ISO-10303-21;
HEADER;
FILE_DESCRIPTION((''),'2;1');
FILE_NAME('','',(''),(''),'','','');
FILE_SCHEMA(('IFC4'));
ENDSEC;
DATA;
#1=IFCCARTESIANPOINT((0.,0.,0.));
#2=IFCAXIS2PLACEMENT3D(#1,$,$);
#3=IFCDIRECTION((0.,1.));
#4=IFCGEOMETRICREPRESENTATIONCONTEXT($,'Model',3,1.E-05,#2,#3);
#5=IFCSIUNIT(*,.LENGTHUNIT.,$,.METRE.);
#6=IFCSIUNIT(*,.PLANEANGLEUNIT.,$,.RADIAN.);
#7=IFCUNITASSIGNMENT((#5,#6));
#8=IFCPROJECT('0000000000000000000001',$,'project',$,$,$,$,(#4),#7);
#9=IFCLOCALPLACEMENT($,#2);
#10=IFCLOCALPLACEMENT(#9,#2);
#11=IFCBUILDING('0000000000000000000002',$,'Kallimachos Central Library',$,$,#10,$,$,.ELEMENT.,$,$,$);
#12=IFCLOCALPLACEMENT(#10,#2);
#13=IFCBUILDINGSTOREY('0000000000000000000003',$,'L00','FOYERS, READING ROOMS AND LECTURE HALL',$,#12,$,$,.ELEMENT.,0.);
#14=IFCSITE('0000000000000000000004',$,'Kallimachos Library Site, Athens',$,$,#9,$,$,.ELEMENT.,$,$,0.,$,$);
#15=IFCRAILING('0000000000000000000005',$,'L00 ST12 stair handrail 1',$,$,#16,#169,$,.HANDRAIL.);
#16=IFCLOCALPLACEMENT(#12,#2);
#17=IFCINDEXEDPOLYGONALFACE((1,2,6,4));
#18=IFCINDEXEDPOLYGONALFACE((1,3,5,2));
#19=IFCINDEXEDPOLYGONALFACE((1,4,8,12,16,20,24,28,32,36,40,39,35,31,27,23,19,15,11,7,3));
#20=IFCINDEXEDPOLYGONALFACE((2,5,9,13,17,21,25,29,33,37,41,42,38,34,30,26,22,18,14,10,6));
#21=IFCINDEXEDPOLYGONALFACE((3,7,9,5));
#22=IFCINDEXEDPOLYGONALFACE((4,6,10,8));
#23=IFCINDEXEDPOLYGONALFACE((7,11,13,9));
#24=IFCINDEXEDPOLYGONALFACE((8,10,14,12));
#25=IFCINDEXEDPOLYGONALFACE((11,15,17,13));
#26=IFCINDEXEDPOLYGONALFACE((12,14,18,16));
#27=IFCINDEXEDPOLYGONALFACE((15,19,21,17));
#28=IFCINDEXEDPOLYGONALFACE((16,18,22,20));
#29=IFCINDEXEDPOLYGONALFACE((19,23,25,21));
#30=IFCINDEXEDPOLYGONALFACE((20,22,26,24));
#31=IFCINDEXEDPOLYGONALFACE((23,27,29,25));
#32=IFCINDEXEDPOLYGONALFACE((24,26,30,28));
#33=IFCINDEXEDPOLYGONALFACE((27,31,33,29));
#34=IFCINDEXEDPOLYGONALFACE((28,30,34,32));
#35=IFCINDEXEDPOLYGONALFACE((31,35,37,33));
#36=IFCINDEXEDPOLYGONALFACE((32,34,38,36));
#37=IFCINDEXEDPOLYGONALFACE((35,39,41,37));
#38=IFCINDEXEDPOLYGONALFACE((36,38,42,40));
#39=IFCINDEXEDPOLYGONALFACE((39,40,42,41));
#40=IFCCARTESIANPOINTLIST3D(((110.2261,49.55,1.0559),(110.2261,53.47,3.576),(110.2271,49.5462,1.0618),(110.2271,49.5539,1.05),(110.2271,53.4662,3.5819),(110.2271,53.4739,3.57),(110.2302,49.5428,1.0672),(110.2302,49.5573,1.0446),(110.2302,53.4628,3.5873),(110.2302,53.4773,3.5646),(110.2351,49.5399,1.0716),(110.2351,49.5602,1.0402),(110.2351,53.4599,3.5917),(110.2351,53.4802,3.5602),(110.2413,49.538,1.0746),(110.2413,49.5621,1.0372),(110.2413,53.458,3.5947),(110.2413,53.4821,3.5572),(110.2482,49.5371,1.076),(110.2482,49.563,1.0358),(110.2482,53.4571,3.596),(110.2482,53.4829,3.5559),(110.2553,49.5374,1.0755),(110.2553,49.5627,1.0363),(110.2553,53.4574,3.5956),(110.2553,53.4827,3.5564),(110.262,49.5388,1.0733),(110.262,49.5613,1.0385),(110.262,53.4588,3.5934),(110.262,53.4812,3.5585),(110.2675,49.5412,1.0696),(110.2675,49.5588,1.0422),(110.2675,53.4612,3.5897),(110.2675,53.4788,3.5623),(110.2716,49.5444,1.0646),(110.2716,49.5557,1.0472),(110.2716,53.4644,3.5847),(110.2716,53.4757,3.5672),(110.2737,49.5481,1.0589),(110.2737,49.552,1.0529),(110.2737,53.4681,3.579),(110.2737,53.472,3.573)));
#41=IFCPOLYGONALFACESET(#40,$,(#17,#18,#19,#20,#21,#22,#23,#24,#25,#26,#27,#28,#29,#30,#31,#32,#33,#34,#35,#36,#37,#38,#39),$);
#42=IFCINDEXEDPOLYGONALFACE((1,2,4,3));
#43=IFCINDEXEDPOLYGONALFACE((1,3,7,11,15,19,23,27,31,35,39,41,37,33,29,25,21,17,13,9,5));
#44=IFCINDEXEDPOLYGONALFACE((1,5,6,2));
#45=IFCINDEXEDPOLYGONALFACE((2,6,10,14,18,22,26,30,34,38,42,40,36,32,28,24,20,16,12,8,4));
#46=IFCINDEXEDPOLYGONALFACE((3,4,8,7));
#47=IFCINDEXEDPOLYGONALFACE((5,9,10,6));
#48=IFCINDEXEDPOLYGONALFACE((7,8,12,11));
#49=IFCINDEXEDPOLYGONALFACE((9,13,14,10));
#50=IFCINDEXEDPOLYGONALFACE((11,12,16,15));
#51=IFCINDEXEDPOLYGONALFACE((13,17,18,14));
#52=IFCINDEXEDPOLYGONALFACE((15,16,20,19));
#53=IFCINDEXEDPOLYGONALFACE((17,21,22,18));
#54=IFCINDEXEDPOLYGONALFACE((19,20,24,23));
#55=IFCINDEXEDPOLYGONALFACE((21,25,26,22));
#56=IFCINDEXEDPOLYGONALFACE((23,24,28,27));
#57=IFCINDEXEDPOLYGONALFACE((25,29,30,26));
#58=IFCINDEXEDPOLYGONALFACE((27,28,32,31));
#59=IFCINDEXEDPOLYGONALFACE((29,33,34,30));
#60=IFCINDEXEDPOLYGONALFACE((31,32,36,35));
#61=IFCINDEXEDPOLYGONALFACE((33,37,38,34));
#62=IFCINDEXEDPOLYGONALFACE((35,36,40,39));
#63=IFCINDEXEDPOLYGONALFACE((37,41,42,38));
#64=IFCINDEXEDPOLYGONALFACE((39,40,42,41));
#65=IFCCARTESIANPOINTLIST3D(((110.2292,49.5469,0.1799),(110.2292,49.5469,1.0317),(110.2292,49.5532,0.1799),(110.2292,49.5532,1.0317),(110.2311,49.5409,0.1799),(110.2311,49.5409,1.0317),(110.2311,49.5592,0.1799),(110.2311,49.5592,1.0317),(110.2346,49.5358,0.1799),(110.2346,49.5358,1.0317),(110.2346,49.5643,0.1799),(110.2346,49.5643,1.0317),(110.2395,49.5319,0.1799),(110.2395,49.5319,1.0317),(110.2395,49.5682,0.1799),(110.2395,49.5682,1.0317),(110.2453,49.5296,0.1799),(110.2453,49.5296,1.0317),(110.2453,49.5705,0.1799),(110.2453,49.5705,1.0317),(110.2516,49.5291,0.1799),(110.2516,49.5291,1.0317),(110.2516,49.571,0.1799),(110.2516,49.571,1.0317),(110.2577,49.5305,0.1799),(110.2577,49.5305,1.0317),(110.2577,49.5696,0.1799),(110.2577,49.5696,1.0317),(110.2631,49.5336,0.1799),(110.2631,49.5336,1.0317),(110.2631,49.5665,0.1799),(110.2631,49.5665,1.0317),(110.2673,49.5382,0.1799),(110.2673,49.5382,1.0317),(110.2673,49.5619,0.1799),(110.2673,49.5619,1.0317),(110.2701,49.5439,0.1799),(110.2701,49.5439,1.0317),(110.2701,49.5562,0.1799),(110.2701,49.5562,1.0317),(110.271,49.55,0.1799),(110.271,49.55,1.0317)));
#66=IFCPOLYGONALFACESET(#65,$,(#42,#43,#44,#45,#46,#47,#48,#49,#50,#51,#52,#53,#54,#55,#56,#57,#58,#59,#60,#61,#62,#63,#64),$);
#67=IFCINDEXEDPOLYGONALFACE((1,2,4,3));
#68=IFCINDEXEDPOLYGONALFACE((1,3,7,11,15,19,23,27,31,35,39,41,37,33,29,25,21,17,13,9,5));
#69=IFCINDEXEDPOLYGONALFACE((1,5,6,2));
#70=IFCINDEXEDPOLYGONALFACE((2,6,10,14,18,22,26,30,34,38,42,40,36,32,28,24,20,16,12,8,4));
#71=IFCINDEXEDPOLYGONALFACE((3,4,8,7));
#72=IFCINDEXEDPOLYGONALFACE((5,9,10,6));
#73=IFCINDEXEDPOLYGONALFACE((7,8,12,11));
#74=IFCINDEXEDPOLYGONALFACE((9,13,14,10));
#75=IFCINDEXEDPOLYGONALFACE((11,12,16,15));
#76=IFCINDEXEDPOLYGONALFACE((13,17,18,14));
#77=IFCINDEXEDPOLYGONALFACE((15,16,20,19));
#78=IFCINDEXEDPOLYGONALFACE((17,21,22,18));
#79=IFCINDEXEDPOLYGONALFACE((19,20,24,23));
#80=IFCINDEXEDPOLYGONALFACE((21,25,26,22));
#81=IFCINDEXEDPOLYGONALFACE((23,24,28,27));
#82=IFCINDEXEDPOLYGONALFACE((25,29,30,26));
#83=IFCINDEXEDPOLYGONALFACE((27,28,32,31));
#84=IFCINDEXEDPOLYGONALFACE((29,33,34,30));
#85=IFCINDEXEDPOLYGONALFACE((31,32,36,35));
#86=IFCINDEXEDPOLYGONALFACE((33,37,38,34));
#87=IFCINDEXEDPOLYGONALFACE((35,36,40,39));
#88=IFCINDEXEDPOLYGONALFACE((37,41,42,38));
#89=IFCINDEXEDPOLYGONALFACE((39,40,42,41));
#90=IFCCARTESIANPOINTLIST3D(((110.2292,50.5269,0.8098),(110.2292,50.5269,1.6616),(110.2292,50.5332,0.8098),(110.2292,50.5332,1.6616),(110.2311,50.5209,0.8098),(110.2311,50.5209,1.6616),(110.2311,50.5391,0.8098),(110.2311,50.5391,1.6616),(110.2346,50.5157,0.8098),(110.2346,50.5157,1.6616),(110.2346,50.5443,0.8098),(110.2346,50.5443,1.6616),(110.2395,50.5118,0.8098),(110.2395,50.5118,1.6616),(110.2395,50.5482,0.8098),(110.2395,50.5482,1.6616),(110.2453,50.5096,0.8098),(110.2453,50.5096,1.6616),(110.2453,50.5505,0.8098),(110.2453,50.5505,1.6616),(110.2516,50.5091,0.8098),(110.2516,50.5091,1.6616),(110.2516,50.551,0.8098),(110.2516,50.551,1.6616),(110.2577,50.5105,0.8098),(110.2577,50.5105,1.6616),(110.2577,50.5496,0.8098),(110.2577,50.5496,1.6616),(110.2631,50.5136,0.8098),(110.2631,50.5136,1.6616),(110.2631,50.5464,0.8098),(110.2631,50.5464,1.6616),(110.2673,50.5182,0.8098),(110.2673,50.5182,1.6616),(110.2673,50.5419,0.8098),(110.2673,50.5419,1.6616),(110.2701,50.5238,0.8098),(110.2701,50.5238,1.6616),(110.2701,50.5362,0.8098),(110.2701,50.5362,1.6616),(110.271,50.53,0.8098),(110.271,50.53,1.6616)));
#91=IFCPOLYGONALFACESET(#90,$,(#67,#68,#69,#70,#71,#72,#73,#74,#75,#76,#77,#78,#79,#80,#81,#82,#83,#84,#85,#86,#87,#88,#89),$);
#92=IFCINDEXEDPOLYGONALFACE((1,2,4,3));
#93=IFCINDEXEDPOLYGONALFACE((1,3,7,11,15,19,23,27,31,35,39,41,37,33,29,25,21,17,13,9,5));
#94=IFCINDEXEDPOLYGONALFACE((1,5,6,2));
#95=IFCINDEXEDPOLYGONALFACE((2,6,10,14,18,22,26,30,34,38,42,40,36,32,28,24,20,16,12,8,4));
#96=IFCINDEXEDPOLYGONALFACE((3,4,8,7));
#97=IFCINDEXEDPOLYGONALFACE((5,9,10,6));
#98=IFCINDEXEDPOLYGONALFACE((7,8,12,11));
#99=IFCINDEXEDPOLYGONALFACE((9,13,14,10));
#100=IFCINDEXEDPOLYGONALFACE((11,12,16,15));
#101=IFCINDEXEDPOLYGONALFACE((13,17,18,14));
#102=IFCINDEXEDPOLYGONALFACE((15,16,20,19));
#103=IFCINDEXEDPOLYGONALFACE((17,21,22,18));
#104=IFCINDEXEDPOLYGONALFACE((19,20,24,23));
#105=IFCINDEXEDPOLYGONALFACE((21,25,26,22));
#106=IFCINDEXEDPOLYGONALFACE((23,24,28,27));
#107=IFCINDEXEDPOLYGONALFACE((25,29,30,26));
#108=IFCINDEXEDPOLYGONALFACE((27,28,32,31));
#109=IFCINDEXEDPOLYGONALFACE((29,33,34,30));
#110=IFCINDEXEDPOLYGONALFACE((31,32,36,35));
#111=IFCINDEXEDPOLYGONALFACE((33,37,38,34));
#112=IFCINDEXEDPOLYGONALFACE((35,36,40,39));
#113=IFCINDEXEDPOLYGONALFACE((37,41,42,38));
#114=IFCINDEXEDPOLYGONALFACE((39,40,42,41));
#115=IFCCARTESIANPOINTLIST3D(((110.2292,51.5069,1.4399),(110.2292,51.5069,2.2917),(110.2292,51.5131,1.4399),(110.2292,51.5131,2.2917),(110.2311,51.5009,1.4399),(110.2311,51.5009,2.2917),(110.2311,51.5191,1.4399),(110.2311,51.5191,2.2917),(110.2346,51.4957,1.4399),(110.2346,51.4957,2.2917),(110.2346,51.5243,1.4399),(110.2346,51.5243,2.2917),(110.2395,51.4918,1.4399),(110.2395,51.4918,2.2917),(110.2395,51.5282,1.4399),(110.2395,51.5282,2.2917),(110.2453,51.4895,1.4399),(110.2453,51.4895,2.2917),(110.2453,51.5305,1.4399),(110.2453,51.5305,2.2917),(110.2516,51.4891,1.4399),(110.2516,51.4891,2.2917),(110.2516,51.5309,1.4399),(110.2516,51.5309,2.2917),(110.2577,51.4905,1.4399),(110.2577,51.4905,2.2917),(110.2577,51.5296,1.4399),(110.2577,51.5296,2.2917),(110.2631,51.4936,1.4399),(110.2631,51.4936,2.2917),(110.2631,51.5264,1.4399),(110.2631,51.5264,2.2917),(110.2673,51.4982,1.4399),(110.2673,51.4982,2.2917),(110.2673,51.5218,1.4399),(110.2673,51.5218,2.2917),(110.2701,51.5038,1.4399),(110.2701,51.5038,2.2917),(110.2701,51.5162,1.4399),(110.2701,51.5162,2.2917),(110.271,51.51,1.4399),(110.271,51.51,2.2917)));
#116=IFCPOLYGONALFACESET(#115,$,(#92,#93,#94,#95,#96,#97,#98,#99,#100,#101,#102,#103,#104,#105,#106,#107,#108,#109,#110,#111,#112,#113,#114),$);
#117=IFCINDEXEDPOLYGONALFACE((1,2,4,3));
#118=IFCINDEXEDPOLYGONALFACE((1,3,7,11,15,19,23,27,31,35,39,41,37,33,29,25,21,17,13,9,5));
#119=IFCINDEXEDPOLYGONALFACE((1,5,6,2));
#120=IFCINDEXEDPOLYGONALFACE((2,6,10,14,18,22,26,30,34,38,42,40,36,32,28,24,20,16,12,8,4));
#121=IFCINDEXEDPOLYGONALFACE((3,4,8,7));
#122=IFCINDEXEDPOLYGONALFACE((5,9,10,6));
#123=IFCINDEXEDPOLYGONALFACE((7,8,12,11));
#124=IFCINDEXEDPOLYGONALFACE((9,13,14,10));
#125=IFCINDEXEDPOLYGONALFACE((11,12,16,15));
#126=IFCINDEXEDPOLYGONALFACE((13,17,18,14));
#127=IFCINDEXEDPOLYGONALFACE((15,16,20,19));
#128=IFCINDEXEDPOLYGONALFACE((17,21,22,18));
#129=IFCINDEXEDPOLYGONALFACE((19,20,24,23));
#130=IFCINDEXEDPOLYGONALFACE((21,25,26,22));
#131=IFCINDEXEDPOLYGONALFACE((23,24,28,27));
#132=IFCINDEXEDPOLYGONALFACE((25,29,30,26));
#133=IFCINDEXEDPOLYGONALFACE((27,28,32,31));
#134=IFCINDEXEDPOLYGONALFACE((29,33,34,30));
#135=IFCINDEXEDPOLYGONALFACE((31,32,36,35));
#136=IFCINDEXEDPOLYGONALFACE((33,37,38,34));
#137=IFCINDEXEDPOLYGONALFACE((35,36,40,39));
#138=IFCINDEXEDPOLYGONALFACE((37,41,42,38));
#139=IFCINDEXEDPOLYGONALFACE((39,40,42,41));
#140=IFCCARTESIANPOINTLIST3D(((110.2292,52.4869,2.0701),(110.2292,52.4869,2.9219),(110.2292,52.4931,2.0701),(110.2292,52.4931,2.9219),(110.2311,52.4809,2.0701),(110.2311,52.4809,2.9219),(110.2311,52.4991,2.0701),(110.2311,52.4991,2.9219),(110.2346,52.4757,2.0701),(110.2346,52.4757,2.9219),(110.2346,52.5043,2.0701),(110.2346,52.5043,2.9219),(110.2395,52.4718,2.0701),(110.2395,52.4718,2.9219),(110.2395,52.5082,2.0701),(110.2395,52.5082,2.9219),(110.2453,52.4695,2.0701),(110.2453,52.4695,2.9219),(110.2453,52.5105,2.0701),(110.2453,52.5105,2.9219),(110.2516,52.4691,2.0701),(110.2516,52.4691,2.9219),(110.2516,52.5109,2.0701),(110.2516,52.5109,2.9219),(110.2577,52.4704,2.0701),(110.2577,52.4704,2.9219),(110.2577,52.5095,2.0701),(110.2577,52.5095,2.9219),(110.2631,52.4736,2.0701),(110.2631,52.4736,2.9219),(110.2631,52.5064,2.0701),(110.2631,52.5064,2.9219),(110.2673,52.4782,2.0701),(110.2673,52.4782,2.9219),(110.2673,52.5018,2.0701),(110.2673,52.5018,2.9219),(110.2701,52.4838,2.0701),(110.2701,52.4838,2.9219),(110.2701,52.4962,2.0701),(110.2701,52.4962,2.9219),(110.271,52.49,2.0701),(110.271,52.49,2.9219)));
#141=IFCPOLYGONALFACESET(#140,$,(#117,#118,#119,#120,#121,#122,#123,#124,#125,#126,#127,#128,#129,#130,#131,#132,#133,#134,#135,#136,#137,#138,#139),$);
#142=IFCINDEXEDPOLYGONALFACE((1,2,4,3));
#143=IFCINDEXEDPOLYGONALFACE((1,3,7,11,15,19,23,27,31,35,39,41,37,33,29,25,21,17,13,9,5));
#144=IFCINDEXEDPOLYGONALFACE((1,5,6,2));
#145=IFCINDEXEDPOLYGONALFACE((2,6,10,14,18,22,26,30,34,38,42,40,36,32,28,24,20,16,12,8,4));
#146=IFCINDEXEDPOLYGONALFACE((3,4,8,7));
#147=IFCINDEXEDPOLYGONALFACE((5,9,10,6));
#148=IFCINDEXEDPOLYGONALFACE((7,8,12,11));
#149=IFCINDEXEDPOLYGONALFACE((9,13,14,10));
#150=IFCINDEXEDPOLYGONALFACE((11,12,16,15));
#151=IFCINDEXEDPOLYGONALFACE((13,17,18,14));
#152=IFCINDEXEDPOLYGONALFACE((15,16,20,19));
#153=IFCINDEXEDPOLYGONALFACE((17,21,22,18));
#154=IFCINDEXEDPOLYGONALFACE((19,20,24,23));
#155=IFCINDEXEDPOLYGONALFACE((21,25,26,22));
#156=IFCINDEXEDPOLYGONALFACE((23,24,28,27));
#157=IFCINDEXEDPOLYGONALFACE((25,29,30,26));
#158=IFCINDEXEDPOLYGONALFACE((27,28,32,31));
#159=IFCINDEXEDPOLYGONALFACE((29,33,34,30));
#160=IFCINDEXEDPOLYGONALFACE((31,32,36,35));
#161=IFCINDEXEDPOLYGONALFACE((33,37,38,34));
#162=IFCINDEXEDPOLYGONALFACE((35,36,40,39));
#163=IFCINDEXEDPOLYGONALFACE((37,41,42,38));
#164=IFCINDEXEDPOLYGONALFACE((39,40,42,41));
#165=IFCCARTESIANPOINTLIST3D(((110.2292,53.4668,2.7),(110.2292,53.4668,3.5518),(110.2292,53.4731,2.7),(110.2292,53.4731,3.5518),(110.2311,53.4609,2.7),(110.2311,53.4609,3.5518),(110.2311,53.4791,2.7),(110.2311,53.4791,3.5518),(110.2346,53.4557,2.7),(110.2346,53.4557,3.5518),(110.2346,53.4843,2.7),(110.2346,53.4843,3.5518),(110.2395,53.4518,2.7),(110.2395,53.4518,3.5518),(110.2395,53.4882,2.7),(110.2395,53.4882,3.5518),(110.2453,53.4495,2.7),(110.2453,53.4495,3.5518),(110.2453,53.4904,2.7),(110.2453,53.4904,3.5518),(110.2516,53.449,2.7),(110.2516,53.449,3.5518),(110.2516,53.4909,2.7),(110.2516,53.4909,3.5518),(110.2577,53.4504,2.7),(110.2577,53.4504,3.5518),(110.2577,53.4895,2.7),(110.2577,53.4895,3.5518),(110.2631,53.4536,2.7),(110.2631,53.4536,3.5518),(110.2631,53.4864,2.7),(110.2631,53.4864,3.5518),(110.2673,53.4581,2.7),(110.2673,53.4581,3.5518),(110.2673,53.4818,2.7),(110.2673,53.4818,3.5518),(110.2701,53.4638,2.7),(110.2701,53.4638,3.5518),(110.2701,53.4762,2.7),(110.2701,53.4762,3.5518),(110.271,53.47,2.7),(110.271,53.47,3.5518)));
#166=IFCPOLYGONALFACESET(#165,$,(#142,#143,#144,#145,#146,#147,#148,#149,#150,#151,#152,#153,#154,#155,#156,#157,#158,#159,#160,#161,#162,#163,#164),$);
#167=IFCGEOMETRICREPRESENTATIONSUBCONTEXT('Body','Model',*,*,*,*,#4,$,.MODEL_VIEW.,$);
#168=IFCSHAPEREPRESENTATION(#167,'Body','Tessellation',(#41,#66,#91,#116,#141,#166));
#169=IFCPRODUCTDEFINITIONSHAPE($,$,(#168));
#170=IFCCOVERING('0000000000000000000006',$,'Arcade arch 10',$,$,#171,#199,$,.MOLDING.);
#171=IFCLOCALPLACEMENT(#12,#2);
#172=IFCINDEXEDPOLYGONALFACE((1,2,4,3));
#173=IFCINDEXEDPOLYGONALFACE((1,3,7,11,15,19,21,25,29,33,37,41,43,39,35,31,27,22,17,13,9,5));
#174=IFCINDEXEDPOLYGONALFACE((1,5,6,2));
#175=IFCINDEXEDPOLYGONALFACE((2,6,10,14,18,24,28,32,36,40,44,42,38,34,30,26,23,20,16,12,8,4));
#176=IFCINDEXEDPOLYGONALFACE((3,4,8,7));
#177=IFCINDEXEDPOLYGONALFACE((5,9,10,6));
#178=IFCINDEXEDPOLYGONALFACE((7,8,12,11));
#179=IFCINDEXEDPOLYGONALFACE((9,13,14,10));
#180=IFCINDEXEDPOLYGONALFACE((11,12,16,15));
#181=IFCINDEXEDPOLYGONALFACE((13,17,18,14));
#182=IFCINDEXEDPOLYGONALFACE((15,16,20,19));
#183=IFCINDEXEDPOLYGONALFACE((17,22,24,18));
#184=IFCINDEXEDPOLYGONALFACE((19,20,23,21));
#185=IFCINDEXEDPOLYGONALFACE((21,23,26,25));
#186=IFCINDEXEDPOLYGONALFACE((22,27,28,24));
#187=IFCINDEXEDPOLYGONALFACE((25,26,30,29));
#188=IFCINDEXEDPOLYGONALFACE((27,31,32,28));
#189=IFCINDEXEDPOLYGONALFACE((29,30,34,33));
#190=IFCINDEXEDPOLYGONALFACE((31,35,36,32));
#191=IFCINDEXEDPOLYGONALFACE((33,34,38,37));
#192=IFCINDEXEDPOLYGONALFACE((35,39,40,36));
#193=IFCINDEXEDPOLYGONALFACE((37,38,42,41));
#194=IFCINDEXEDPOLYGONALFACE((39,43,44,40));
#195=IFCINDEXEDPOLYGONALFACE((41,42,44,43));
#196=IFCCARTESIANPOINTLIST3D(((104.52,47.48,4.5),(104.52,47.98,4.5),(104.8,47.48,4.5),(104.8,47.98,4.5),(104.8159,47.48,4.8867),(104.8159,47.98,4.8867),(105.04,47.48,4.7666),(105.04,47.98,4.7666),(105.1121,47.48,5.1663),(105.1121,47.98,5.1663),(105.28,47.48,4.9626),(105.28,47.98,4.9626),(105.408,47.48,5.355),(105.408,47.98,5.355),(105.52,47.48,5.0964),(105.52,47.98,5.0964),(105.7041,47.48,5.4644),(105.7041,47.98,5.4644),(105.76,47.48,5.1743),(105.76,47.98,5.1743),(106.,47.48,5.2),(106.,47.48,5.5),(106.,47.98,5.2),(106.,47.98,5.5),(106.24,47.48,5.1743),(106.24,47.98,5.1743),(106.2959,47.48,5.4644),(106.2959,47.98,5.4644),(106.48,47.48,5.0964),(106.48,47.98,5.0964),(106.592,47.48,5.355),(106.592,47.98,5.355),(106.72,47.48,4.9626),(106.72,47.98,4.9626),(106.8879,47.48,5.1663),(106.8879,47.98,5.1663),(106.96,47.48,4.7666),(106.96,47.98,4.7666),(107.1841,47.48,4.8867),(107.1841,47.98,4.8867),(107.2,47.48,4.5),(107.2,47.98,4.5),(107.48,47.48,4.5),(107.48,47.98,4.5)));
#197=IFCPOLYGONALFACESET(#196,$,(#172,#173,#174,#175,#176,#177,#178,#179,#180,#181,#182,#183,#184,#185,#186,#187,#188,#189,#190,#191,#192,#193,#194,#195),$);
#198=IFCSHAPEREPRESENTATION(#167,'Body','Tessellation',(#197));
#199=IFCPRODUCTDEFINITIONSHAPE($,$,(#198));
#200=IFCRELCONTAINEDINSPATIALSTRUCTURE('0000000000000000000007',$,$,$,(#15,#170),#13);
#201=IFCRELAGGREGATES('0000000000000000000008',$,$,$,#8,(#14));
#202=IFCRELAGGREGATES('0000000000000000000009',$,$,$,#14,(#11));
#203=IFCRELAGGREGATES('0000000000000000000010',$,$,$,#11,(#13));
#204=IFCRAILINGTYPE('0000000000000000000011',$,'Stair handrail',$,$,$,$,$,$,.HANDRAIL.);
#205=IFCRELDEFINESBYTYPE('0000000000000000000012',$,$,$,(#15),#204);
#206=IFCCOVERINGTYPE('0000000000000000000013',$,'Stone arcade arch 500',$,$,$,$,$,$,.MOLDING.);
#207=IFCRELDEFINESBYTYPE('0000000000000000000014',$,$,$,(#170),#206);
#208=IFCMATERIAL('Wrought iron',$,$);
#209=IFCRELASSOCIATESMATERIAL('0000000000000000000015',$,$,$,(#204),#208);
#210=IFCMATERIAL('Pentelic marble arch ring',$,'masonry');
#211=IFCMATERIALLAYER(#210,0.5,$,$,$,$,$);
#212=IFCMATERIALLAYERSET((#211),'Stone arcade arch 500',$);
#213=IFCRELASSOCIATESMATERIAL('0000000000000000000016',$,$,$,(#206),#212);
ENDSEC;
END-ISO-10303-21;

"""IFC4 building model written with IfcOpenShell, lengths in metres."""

from ifc_helpers import new_model, si_unit, direction, frame, origin, origin_2d, place, context, subcontext, project, spatial, polyline, circle, outline, extrude, material, layer, layer_set, type_object, element, save


model = new_model("IFC4")

# Units and contexts
model_context = context("Model", 3, precision=1e-05, world=origin(), true_north=direction((0.0, 1.0)))
body_context = subcontext(model_context, "Body", "Model", "MODEL_VIEW")
ifc_project = project(units=[si_unit("LENGTHUNIT", "METRE"), si_unit("PLANEANGLEUNIT", "RADIAN")], contexts=[model_context])

# Site, building, storey
site_placement = place(None, origin())
site = spatial("IfcSite", under=ifc_project, at=site_placement, Name="Kallimachos Library Site, Athens", CompositionType="ELEMENT", RefElevation=0.0)
building_placement = place(site_placement, origin())
building = spatial("IfcBuilding", under=site, at=building_placement, Name="Kallimachos Central Library", CompositionType="ELEMENT")
storey_placement = place(building_placement, origin())
storey = spatial("IfcBuildingStorey", under=building, at=storey_placement, Name="L00", Description="FOYERS, READING ROOMS AND LECTURE HALL", CompositionType="ELEMENT", Elevation=0.0)

# Railing
ifc_material_1 = material(Name="Wrought iron")
railing_type_1 = type_object("IfcRailingType", Name="Stair handrail", PredefinedType="HANDRAIL", material=ifc_material_1)
railing_1_placement = place(storey_placement, frame((110.25, 49.55, 0.1799)))
element("IfcRailing", 1, at=railing_1_placement, inside=storey, type_object=railing_type_1, Name="L00 ST12 stair handrail 1", PredefinedType="HANDRAIL", context=body_context, shape_type="SweptSolid", body=[
    extrude(circle(Radius=0.0239, at=origin_2d()), frame((0.0, 0.0, 0.876), z_axis=(0.0, 0.841172, 0.540768), x_axis=(-1.0, 0.0, 0.0)), (0.0, 0.0, 1.0), 4.6602),
    extrude(circle(Radius=0.021, at=origin_2d()), origin(), (0.0, 0.0, 1.0), 0.8518),
    extrude(circle(Radius=0.021, at=origin_2d()), frame((0.0, 0.98, 0.6299)), (0.0, 0.0, 1.0), 0.8518),
    extrude(circle(Radius=0.021, at=origin_2d()), frame((0.0, 1.96, 1.26)), (0.0, 0.0, 1.0), 0.8518),
    extrude(circle(Radius=0.021, at=origin_2d()), frame((0.0, 2.9399, 1.8901)), (0.0, 0.0, 1.0), 0.8518),
    extrude(circle(Radius=0.021, at=origin_2d()), frame((0.0, 3.9199, 2.52)), (0.0, 0.0, 1.0), 0.8518),
])

# Covering
ifc_material_2 = material(Name="Pentelic marble arch ring", Category="masonry")
ifc_layer_1 = layer(ifc_material_2, 0.5)
ifc_layer_set_1 = layer_set([ifc_layer_1], Name="Stone arcade arch 500")
covering_type_1 = type_object("IfcCoveringType", Name="Stone arcade arch 500", PredefinedType="MOLDING", material=ifc_layer_set_1)
covering_1_placement = place(storey_placement, frame((104.52, 47.48, 4.5), z_axis=(0.0, -1.0, 0.0), x_axis=(1.0, 0.0, 0.0)))
element("IfcCovering", 2, at=covering_1_placement, inside=storey, type_object=covering_type_1, Name="Arcade arch 10", PredefinedType="MOLDING", context=body_context, shape_type="SweptSolid", body=[
    extrude(outline(polyline([(0.0, 0.0), (0.28, 0.0), (0.28, 0.0), (0.52, 0.2666), (0.76, 0.4626), (1.0, 0.5964), (1.24, 0.6743), (1.48, 0.7), (1.72, 0.6743), (1.96, 0.5964), (2.2, 0.4626), (2.4399, 0.2666), (2.6799, 0.0), (2.6799, 0.0), (2.96, 0.0), (2.96, 0.0), (2.6641, 0.3867), (2.3679, 0.6663), (2.072, 0.855), (1.7759, 0.9644), (1.48, 1.0), (1.1841, 0.9644), (0.8879, 0.855), (0.592, 0.6663), (0.2959, 0.3867), (0.0, 0.0), (0.0, 0.0)])), origin(), (0.0, 0.0, -1.0), 0.5),
])

save(model, "model.ifc")
